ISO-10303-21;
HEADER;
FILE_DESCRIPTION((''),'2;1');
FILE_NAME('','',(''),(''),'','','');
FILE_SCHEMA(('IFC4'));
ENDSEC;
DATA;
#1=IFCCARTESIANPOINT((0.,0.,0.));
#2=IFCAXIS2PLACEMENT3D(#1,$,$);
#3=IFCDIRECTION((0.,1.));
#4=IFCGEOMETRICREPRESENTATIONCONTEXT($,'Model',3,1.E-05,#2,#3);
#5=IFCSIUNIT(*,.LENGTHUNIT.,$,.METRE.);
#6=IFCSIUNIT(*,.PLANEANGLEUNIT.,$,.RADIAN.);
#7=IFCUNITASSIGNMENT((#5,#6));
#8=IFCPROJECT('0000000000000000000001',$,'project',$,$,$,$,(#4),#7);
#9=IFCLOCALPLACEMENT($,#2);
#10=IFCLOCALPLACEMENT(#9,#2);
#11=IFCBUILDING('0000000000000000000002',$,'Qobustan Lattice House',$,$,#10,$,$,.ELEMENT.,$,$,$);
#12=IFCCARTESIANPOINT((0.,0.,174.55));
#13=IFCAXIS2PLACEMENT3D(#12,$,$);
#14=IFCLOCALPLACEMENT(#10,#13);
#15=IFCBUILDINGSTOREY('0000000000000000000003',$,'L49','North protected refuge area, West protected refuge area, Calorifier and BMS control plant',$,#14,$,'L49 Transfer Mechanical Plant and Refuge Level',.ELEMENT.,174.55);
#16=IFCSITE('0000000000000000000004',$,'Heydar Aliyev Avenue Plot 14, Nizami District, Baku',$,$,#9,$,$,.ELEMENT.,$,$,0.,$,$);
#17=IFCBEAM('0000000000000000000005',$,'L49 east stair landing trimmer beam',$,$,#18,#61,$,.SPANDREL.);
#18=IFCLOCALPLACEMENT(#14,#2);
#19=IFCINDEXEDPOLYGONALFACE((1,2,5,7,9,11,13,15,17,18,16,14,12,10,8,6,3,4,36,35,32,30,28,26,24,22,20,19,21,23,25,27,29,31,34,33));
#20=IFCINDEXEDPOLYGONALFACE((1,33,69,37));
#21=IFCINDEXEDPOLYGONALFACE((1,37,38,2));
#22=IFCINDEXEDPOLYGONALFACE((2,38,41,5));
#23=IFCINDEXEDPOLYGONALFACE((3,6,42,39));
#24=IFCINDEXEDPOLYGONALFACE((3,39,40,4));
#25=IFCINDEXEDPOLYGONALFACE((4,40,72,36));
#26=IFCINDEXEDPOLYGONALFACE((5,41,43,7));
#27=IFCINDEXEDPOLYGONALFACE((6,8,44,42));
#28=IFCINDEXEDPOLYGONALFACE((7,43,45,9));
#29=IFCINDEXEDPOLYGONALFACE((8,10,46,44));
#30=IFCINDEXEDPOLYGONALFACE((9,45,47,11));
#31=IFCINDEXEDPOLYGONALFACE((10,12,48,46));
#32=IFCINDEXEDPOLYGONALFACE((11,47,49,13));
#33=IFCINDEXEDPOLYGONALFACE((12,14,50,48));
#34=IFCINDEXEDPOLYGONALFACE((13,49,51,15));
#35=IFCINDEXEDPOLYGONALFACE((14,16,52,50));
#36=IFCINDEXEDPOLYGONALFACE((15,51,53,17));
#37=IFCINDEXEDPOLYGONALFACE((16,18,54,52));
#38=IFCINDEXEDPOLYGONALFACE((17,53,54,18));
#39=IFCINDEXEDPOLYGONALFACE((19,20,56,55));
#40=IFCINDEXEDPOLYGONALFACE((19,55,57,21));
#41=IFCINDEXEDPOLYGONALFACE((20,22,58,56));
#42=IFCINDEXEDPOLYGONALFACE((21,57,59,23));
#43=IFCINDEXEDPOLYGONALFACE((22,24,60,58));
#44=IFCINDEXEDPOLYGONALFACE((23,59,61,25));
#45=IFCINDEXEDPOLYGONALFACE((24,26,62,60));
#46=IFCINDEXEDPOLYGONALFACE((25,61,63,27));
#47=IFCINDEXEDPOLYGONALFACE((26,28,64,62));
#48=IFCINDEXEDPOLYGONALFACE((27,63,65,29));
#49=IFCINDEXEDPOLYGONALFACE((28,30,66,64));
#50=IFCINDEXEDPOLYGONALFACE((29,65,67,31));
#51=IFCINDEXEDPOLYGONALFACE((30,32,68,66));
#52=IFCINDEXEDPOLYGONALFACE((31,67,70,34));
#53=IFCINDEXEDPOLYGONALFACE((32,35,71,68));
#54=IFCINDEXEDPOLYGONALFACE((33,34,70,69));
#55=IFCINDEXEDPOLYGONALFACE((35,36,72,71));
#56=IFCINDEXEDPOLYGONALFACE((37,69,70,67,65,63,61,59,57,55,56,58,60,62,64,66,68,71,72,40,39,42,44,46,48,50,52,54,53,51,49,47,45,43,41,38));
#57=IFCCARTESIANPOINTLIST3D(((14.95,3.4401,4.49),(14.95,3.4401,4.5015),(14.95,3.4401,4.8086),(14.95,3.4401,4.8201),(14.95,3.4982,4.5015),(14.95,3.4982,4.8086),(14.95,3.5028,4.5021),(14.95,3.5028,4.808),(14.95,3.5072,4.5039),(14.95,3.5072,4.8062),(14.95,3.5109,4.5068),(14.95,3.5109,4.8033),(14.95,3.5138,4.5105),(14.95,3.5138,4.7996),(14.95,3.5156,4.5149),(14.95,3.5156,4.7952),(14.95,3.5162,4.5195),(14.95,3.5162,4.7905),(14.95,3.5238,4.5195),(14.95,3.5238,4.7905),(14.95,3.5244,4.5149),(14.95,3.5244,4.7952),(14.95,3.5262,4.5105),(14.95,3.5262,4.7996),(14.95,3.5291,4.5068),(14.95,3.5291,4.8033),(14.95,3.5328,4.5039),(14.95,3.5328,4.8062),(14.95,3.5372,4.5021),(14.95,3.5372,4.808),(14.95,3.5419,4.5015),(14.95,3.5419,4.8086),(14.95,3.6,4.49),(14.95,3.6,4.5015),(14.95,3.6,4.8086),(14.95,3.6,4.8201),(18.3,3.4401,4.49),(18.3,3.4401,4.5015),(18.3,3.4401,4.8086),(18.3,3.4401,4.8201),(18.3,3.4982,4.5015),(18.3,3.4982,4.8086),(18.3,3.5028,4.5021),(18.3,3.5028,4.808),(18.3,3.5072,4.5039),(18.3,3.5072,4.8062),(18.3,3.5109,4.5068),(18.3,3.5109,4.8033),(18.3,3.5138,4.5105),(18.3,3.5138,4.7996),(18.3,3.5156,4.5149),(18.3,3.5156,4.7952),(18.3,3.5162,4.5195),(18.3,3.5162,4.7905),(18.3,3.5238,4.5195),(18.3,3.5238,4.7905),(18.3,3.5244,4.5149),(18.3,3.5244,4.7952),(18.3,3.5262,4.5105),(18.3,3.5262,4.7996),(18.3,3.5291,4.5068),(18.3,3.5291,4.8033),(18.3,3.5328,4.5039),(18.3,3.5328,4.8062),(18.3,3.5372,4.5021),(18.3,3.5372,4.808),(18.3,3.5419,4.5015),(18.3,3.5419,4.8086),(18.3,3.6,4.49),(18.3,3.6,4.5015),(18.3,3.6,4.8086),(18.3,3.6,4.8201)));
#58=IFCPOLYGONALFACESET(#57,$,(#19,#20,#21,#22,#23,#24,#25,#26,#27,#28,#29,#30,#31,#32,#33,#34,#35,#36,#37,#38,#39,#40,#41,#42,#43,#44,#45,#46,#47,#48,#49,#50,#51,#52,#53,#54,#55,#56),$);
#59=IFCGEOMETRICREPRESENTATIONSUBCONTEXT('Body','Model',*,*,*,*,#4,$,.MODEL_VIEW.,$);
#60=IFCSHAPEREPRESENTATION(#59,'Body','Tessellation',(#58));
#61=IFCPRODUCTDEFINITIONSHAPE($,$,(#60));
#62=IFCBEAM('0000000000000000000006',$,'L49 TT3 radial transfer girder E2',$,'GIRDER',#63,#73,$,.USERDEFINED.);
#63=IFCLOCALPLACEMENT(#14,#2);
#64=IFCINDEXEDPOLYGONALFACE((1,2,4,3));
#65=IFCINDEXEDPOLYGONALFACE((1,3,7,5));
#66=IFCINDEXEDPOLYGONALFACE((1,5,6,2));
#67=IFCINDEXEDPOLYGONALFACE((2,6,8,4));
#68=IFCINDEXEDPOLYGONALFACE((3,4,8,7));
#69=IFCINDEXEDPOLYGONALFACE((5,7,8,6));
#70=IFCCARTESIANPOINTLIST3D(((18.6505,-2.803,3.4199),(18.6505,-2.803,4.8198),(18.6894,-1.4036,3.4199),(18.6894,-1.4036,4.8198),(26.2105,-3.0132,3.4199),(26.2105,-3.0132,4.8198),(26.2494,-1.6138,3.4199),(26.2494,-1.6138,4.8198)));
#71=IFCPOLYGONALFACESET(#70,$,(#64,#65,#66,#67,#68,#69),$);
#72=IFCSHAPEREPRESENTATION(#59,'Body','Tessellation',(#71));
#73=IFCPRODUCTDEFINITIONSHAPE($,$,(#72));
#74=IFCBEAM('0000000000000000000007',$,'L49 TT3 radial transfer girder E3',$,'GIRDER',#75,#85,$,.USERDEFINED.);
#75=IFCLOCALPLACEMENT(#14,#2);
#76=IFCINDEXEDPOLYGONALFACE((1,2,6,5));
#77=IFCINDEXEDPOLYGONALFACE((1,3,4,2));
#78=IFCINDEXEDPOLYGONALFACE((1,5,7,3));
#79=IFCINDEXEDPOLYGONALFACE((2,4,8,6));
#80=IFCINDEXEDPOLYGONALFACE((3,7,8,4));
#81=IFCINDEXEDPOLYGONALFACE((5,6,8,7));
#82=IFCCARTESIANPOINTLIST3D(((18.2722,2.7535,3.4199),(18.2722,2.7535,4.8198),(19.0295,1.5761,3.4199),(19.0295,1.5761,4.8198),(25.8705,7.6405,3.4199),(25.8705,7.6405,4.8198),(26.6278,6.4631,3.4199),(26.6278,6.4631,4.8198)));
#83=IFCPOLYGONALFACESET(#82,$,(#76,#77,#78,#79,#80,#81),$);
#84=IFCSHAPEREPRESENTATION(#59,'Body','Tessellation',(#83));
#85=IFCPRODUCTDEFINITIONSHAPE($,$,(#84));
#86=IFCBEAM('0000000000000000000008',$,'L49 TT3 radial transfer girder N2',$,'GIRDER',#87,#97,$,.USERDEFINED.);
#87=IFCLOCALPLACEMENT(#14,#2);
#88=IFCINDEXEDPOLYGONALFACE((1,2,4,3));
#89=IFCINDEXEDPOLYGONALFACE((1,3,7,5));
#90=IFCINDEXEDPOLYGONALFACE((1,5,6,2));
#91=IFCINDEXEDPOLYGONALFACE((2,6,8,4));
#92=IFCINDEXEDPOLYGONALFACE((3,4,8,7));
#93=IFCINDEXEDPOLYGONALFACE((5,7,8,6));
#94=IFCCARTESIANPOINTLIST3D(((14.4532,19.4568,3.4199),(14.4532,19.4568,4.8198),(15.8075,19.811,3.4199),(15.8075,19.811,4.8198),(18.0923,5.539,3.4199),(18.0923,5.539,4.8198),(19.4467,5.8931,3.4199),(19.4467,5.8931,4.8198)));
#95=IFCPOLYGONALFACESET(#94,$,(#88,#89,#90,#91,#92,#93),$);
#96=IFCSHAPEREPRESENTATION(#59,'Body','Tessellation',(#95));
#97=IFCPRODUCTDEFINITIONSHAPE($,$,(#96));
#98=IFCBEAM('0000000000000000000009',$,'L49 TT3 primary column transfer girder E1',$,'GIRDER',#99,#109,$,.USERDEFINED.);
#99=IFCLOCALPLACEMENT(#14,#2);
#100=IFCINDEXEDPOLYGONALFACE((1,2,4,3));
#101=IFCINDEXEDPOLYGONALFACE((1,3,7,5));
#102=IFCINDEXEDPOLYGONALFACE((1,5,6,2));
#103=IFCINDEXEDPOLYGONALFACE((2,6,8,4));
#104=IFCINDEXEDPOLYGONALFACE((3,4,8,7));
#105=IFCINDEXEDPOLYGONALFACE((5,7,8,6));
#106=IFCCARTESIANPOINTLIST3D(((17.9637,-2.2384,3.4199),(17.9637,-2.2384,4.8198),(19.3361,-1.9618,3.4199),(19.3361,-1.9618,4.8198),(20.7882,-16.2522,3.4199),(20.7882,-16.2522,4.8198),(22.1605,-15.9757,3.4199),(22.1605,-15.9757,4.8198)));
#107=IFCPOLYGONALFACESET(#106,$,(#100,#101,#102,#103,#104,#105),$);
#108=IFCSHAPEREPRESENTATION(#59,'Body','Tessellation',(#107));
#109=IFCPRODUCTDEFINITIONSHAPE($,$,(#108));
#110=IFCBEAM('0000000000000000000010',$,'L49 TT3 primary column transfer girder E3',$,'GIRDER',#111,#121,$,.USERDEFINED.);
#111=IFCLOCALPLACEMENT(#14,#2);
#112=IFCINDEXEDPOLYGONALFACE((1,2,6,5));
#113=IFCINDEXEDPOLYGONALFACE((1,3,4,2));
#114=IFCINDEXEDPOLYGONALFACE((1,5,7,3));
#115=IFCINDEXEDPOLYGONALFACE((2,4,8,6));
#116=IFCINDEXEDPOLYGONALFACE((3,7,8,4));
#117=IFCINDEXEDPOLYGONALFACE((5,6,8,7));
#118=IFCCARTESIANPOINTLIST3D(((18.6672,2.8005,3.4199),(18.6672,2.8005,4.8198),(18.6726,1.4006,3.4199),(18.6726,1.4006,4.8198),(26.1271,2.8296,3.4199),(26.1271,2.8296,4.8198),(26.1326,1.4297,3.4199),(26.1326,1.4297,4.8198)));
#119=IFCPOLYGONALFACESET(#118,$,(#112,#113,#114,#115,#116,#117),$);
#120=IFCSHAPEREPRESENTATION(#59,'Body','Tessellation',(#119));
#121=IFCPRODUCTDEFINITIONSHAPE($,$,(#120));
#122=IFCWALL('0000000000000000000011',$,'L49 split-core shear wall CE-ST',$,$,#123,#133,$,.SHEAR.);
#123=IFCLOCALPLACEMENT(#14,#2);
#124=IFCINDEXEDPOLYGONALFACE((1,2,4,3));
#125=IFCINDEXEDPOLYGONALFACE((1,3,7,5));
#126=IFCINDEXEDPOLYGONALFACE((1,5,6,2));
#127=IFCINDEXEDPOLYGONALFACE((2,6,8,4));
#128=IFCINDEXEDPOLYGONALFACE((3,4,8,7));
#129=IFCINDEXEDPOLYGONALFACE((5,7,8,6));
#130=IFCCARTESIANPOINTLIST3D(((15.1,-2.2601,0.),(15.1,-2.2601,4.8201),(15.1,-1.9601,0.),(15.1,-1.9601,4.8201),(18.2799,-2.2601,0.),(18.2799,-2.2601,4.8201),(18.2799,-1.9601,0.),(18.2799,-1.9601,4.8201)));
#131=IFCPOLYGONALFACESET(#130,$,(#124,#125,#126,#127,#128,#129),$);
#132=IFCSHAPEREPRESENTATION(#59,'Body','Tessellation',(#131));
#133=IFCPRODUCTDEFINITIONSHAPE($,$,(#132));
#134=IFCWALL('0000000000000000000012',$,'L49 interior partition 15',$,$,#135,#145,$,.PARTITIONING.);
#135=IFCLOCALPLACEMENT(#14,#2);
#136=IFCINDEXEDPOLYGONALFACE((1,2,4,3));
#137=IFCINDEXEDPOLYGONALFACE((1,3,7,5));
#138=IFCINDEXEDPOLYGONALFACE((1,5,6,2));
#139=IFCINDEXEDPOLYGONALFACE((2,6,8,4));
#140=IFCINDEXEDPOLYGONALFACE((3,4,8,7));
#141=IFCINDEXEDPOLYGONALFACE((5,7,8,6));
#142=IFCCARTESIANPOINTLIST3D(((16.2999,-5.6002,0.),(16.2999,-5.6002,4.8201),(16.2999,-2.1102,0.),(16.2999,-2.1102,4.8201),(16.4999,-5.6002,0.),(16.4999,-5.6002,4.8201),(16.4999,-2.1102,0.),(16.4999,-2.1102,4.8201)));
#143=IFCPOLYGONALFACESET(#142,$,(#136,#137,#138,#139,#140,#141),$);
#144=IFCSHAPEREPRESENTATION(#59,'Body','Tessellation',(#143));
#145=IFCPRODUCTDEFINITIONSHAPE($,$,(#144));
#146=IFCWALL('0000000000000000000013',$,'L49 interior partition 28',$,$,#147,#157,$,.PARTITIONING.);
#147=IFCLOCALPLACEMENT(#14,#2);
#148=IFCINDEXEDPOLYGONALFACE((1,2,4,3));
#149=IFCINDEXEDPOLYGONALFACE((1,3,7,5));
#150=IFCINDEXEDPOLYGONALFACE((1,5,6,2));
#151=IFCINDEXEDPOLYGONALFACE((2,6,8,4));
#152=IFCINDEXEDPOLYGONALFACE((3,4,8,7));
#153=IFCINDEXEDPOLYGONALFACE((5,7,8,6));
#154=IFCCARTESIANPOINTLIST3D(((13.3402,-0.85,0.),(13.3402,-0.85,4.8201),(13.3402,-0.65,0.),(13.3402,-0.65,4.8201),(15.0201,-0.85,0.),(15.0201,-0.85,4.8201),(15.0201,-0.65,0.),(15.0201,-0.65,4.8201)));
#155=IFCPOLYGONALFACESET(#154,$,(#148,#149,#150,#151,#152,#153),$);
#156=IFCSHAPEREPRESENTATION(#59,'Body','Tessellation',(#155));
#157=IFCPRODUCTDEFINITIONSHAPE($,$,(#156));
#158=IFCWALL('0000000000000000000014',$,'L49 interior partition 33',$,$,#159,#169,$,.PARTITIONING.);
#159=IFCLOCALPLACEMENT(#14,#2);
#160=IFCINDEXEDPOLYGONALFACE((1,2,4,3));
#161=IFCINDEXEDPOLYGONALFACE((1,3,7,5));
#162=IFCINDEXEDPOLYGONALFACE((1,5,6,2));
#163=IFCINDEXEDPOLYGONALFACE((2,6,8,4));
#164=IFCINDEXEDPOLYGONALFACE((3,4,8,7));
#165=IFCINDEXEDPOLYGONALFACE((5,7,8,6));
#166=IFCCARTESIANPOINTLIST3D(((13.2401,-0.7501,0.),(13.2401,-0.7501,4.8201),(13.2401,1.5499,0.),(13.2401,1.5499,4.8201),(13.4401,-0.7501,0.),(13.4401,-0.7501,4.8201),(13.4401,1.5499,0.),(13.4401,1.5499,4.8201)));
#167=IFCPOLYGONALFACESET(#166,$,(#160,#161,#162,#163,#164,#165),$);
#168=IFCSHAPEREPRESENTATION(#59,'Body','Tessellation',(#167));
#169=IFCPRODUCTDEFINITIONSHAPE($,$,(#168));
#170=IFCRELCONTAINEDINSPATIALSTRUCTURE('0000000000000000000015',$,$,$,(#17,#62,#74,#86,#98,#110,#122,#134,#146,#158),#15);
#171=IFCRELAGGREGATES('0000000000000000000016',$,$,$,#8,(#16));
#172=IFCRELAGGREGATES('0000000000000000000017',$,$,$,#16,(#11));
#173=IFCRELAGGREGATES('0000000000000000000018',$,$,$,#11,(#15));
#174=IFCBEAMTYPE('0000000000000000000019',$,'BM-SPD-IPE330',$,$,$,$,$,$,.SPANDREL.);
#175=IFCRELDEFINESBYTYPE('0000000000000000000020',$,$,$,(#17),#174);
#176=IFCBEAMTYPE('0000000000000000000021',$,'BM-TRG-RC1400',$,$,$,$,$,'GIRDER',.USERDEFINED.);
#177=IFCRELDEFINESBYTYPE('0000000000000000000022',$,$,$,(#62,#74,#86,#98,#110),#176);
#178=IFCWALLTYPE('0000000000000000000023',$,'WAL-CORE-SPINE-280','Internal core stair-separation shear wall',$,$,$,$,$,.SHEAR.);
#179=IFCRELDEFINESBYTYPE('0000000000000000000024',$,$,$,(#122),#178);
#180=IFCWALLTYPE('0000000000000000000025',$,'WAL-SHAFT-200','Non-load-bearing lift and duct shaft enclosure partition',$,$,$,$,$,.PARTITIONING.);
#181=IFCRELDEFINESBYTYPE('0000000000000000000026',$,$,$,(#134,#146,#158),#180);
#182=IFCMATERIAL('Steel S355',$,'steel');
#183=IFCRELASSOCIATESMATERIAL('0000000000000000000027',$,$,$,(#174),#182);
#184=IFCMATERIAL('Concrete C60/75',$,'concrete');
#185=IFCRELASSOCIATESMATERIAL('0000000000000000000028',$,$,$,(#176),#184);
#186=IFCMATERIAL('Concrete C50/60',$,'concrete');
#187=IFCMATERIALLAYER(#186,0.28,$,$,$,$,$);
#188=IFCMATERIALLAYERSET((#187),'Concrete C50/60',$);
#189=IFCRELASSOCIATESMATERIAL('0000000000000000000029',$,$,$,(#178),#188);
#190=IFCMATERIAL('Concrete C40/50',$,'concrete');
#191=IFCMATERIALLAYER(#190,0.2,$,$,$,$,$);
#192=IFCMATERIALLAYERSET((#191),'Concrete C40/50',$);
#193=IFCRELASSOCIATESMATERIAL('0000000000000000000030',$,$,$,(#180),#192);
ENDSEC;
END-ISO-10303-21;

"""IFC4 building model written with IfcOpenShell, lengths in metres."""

from ifc_helpers import new_model, si_unit, direction, frame, frame_2d, origin, origin_2d, place, context, subcontext, project, spatial, rectangle, i_section, extrude, material, layer, layer_set, material_profile, profile_set, type_object, element, save


model = new_model("IFC4")

# Units and contexts
model_context = context("Model", 3, precision=1e-05, world=origin(), true_north=direction((0.0, 1.0)))
body_context = subcontext(model_context, "Body", "Model", "MODEL_VIEW")
ifc_project = project(units=[si_unit("LENGTHUNIT", "METRE"), si_unit("PLANEANGLEUNIT", "RADIAN")], contexts=[model_context])

# Site, building, storey
site_placement = place(None, origin())
site = spatial("IfcSite", under=ifc_project, at=site_placement, Name="Heydar Aliyev Avenue Plot 14, Nizami District, Baku", CompositionType="ELEMENT", RefElevation=0.0)
building_placement = place(site_placement, origin())
building = spatial("IfcBuilding", under=site, at=building_placement, Name="Qobustan Lattice House", CompositionType="ELEMENT")
storey_placement = place(building_placement, frame((0.0, 0.0, 174.55)))
storey = spatial("IfcBuildingStorey", under=building, at=storey_placement, Name="L49", Description="North protected refuge area, West protected refuge area, Calorifier and BMS control plant", LongName="L49 Transfer Mechanical Plant and Refuge Level", CompositionType="ELEMENT", Elevation=174.55)

# Beams
ifc_material_1 = material(Name="Steel S355", Category="steel")
ifc_material_profile_1 = material_profile(ifc_material_1, i_section(OverallWidth=0.1599, OverallDepth=0.3301, WebThickness=0.0076, FlangeThickness=0.0115, FilletRadius=0.0181, at=origin_2d()), Name="IPE330")
ifc_profile_set_1 = profile_set([ifc_material_profile_1], Name="Steel S355")
beam_type_1 = type_object("IfcBeamType", Name="BM-SPD-IPE330", PredefinedType="SPANDREL", material=ifc_profile_set_1)
beam_1_placement = place(storey_placement, frame((14.95, 3.52, 4.655), z_axis=(1.0, 0.0, 0.0), x_axis=(0.0, 1.0, 0.0)))
element("IfcBeam", 1, at=beam_1_placement, inside=storey, type_object=beam_type_1, Name="L49 east stair landing trimmer beam", PredefinedType="SPANDREL", context=body_context, shape_type="SweptSolid", body=[
    extrude(i_section(OverallWidth=0.1599, OverallDepth=0.3301, WebThickness=0.0076, FlangeThickness=0.0115, FilletRadius=0.0181, at=origin_2d()), origin(), (0.0, 0.0, 1.0), 3.3501),
])
ifc_material_2 = material(Name="Concrete C60/75", Category="concrete")
ifc_material_profile_2 = material_profile(ifc_material_2, rectangle(XDim=1.3999, YDim=1.3999, at=origin_2d()), Name="RC1400x1400")
ifc_profile_set_2 = profile_set([ifc_material_profile_2], Name="Concrete C60/75")
beam_type_2 = type_object("IfcBeamType", Name="BM-TRG-RC1400", ElementType="GIRDER", PredefinedType="USERDEFINED", material=ifc_profile_set_2)
beam_2_placement = place(storey_placement, frame((18.6699, -2.1033, 4.1199), z_axis=(0.999614, -0.027794, 0.0), x_axis=(0.027794, 0.999614, 0.0)))
element("IfcBeam", 2, at=beam_2_placement, inside=storey, type_object=beam_type_2, Name="L49 TT3 radial transfer girder E2", ObjectType="GIRDER", PredefinedType="USERDEFINED", context=body_context, shape_type="SweptSolid", body=[
    extrude(rectangle(XDim=1.3999, YDim=1.3999, at=origin_2d()), origin(), (0.0, 0.0, 1.0), 7.563),
])
beam_3_placement = place(storey_placement, frame((18.6509, 2.1648, 4.1199), z_axis=(0.841056, 0.540949, 0.0), x_axis=(-0.540949, 0.841056, 0.0)))
element("IfcBeam", 3, at=beam_3_placement, inside=storey, type_object=beam_type_2, Name="L49 TT3 radial transfer girder E3", ObjectType="GIRDER", PredefinedType="USERDEFINED", context=body_context, shape_type="SweptSolid", body=[
    extrude(rectangle(XDim=1.3999, YDim=1.3999, at=origin_2d()), origin(), (0.0, 0.0, 1.0), 9.0342),
])
beam_4_placement = place(storey_placement, frame((18.7695, 5.7161, 4.1199), z_axis=(-0.252972, 0.967474, 0.0), x_axis=(-0.967474, -0.252972, 0.0)))
element("IfcBeam", 4, at=beam_4_placement, inside=storey, type_object=beam_type_2, Name="L49 TT3 radial transfer girder N2", ObjectType="GIRDER", PredefinedType="USERDEFINED", context=body_context, shape_type="SweptSolid", body=[
    extrude(rectangle(XDim=1.3999, YDim=1.3999, at=origin_2d()), origin(), (0.0, 0.0, 1.0), 14.3857),
])
beam_5_placement = place(storey_placement, frame((18.6499, -2.1001, 4.1199), z_axis=(0.197574, -0.980288, 0.0), x_axis=(0.980288, 0.197574, 0.0)))
element("IfcBeam", 5, at=beam_5_placement, inside=storey, type_object=beam_type_2, Name="L49 TT3 primary column transfer girder E1", ObjectType="GIRDER", PredefinedType="USERDEFINED", context=body_context, shape_type="SweptSolid", body=[
    extrude(rectangle(XDim=1.3999, YDim=1.3999, at=origin_2d()), origin(), (0.0, 0.0, 1.0), 14.2957),
])
beam_6_placement = place(storey_placement, frame((18.6699, 2.1006, 4.1199), z_axis=(0.999992, 0.003894, 0.0), x_axis=(-0.003894, 0.999992, 0.0)))
element("IfcBeam", 6, at=beam_6_placement, inside=storey, type_object=beam_type_2, Name="L49 TT3 primary column transfer girder E3", ObjectType="GIRDER", PredefinedType="USERDEFINED", context=body_context, shape_type="SweptSolid", body=[
    extrude(rectangle(XDim=1.3999, YDim=1.3999, at=origin_2d()), origin(), (0.0, 0.0, 1.0), 7.46),
])

# Walls
ifc_material_3 = material(Name="Concrete C50/60", Category="concrete")
ifc_layer_1 = layer(ifc_material_3, 0.28)
ifc_layer_set_1 = layer_set([ifc_layer_1], Name="Concrete C50/60")
wall_type_1 = type_object("IfcWallType", Name="WAL-CORE-SPINE-280", Description="Internal core stair-separation shear wall", PredefinedType="SHEAR", material=ifc_layer_set_1)
wall_1_placement = place(storey_placement, frame((15.1001, -2.1101, 0.0), z_axis=(0.0, 0.0, 1.0), x_axis=(1.0, 0.0, 0.0)))
element("IfcWall", 7, at=wall_1_placement, inside=storey, type_object=wall_type_1, Name="L49 split-core shear wall CE-ST", PredefinedType="SHEAR", context=body_context, shape_type="SweptSolid", body=[
    extrude(rectangle(XDim=3.1799, YDim=0.3, at=frame_2d((1.5898, 0.0))), origin(), (0.0, 0.0, 1.0), 4.8201),
])
ifc_material_4 = material(Name="Concrete C40/50", Category="concrete")
ifc_layer_2 = layer(ifc_material_4, 0.2)
ifc_layer_set_2 = layer_set([ifc_layer_2], Name="Concrete C40/50")
wall_type_2 = type_object("IfcWallType", Name="WAL-SHAFT-200", Description="Non-load-bearing lift and duct shaft enclosure partition", PredefinedType="PARTITIONING", material=ifc_layer_set_2)
wall_2_placement = place(storey_placement, frame((16.3999, -2.1101, 0.0), z_axis=(0.0, 0.0, 1.0), x_axis=(0.0, -1.0, 0.0)))
element("IfcWall", 8, at=wall_2_placement, inside=storey, type_object=wall_type_2, Name="L49 interior partition 15", PredefinedType="PARTITIONING", context=body_context, shape_type="SweptSolid", body=[
    extrude(rectangle(XDim=3.49, YDim=0.2, at=frame_2d((1.7451, 0.0))), origin(), (0.0, 0.0, 1.0), 4.8201),
])
wall_3_placement = place(storey_placement, frame((15.02, -0.75, 0.0), z_axis=(0.0, 0.0, 1.0), x_axis=(-1.0, 0.0, 0.0)))
element("IfcWall", 9, at=wall_3_placement, inside=storey, type_object=wall_type_2, Name="L49 interior partition 28", PredefinedType="PARTITIONING", context=body_context, shape_type="SweptSolid", body=[
    extrude(rectangle(XDim=1.6799, YDim=0.2, at=frame_2d((0.8398, 0.0))), origin(), (0.0, 0.0, 1.0), 4.8201),
])
wall_4_placement = place(storey_placement, frame((13.3401, -0.75, 0.0), z_axis=(0.0, 0.0, 1.0), x_axis=(0.0, 1.0, 0.0)))
element("IfcWall", 10, at=wall_4_placement, inside=storey, type_object=wall_type_2, Name="L49 interior partition 33", PredefinedType="PARTITIONING", context=body_context, shape_type="SweptSolid", body=[
    extrude(rectangle(XDim=2.3, YDim=0.2, at=frame_2d((1.1499, 0.0))), origin(), (0.0, 0.0, 1.0), 4.8201),
])

save(model, "model.ifc")
